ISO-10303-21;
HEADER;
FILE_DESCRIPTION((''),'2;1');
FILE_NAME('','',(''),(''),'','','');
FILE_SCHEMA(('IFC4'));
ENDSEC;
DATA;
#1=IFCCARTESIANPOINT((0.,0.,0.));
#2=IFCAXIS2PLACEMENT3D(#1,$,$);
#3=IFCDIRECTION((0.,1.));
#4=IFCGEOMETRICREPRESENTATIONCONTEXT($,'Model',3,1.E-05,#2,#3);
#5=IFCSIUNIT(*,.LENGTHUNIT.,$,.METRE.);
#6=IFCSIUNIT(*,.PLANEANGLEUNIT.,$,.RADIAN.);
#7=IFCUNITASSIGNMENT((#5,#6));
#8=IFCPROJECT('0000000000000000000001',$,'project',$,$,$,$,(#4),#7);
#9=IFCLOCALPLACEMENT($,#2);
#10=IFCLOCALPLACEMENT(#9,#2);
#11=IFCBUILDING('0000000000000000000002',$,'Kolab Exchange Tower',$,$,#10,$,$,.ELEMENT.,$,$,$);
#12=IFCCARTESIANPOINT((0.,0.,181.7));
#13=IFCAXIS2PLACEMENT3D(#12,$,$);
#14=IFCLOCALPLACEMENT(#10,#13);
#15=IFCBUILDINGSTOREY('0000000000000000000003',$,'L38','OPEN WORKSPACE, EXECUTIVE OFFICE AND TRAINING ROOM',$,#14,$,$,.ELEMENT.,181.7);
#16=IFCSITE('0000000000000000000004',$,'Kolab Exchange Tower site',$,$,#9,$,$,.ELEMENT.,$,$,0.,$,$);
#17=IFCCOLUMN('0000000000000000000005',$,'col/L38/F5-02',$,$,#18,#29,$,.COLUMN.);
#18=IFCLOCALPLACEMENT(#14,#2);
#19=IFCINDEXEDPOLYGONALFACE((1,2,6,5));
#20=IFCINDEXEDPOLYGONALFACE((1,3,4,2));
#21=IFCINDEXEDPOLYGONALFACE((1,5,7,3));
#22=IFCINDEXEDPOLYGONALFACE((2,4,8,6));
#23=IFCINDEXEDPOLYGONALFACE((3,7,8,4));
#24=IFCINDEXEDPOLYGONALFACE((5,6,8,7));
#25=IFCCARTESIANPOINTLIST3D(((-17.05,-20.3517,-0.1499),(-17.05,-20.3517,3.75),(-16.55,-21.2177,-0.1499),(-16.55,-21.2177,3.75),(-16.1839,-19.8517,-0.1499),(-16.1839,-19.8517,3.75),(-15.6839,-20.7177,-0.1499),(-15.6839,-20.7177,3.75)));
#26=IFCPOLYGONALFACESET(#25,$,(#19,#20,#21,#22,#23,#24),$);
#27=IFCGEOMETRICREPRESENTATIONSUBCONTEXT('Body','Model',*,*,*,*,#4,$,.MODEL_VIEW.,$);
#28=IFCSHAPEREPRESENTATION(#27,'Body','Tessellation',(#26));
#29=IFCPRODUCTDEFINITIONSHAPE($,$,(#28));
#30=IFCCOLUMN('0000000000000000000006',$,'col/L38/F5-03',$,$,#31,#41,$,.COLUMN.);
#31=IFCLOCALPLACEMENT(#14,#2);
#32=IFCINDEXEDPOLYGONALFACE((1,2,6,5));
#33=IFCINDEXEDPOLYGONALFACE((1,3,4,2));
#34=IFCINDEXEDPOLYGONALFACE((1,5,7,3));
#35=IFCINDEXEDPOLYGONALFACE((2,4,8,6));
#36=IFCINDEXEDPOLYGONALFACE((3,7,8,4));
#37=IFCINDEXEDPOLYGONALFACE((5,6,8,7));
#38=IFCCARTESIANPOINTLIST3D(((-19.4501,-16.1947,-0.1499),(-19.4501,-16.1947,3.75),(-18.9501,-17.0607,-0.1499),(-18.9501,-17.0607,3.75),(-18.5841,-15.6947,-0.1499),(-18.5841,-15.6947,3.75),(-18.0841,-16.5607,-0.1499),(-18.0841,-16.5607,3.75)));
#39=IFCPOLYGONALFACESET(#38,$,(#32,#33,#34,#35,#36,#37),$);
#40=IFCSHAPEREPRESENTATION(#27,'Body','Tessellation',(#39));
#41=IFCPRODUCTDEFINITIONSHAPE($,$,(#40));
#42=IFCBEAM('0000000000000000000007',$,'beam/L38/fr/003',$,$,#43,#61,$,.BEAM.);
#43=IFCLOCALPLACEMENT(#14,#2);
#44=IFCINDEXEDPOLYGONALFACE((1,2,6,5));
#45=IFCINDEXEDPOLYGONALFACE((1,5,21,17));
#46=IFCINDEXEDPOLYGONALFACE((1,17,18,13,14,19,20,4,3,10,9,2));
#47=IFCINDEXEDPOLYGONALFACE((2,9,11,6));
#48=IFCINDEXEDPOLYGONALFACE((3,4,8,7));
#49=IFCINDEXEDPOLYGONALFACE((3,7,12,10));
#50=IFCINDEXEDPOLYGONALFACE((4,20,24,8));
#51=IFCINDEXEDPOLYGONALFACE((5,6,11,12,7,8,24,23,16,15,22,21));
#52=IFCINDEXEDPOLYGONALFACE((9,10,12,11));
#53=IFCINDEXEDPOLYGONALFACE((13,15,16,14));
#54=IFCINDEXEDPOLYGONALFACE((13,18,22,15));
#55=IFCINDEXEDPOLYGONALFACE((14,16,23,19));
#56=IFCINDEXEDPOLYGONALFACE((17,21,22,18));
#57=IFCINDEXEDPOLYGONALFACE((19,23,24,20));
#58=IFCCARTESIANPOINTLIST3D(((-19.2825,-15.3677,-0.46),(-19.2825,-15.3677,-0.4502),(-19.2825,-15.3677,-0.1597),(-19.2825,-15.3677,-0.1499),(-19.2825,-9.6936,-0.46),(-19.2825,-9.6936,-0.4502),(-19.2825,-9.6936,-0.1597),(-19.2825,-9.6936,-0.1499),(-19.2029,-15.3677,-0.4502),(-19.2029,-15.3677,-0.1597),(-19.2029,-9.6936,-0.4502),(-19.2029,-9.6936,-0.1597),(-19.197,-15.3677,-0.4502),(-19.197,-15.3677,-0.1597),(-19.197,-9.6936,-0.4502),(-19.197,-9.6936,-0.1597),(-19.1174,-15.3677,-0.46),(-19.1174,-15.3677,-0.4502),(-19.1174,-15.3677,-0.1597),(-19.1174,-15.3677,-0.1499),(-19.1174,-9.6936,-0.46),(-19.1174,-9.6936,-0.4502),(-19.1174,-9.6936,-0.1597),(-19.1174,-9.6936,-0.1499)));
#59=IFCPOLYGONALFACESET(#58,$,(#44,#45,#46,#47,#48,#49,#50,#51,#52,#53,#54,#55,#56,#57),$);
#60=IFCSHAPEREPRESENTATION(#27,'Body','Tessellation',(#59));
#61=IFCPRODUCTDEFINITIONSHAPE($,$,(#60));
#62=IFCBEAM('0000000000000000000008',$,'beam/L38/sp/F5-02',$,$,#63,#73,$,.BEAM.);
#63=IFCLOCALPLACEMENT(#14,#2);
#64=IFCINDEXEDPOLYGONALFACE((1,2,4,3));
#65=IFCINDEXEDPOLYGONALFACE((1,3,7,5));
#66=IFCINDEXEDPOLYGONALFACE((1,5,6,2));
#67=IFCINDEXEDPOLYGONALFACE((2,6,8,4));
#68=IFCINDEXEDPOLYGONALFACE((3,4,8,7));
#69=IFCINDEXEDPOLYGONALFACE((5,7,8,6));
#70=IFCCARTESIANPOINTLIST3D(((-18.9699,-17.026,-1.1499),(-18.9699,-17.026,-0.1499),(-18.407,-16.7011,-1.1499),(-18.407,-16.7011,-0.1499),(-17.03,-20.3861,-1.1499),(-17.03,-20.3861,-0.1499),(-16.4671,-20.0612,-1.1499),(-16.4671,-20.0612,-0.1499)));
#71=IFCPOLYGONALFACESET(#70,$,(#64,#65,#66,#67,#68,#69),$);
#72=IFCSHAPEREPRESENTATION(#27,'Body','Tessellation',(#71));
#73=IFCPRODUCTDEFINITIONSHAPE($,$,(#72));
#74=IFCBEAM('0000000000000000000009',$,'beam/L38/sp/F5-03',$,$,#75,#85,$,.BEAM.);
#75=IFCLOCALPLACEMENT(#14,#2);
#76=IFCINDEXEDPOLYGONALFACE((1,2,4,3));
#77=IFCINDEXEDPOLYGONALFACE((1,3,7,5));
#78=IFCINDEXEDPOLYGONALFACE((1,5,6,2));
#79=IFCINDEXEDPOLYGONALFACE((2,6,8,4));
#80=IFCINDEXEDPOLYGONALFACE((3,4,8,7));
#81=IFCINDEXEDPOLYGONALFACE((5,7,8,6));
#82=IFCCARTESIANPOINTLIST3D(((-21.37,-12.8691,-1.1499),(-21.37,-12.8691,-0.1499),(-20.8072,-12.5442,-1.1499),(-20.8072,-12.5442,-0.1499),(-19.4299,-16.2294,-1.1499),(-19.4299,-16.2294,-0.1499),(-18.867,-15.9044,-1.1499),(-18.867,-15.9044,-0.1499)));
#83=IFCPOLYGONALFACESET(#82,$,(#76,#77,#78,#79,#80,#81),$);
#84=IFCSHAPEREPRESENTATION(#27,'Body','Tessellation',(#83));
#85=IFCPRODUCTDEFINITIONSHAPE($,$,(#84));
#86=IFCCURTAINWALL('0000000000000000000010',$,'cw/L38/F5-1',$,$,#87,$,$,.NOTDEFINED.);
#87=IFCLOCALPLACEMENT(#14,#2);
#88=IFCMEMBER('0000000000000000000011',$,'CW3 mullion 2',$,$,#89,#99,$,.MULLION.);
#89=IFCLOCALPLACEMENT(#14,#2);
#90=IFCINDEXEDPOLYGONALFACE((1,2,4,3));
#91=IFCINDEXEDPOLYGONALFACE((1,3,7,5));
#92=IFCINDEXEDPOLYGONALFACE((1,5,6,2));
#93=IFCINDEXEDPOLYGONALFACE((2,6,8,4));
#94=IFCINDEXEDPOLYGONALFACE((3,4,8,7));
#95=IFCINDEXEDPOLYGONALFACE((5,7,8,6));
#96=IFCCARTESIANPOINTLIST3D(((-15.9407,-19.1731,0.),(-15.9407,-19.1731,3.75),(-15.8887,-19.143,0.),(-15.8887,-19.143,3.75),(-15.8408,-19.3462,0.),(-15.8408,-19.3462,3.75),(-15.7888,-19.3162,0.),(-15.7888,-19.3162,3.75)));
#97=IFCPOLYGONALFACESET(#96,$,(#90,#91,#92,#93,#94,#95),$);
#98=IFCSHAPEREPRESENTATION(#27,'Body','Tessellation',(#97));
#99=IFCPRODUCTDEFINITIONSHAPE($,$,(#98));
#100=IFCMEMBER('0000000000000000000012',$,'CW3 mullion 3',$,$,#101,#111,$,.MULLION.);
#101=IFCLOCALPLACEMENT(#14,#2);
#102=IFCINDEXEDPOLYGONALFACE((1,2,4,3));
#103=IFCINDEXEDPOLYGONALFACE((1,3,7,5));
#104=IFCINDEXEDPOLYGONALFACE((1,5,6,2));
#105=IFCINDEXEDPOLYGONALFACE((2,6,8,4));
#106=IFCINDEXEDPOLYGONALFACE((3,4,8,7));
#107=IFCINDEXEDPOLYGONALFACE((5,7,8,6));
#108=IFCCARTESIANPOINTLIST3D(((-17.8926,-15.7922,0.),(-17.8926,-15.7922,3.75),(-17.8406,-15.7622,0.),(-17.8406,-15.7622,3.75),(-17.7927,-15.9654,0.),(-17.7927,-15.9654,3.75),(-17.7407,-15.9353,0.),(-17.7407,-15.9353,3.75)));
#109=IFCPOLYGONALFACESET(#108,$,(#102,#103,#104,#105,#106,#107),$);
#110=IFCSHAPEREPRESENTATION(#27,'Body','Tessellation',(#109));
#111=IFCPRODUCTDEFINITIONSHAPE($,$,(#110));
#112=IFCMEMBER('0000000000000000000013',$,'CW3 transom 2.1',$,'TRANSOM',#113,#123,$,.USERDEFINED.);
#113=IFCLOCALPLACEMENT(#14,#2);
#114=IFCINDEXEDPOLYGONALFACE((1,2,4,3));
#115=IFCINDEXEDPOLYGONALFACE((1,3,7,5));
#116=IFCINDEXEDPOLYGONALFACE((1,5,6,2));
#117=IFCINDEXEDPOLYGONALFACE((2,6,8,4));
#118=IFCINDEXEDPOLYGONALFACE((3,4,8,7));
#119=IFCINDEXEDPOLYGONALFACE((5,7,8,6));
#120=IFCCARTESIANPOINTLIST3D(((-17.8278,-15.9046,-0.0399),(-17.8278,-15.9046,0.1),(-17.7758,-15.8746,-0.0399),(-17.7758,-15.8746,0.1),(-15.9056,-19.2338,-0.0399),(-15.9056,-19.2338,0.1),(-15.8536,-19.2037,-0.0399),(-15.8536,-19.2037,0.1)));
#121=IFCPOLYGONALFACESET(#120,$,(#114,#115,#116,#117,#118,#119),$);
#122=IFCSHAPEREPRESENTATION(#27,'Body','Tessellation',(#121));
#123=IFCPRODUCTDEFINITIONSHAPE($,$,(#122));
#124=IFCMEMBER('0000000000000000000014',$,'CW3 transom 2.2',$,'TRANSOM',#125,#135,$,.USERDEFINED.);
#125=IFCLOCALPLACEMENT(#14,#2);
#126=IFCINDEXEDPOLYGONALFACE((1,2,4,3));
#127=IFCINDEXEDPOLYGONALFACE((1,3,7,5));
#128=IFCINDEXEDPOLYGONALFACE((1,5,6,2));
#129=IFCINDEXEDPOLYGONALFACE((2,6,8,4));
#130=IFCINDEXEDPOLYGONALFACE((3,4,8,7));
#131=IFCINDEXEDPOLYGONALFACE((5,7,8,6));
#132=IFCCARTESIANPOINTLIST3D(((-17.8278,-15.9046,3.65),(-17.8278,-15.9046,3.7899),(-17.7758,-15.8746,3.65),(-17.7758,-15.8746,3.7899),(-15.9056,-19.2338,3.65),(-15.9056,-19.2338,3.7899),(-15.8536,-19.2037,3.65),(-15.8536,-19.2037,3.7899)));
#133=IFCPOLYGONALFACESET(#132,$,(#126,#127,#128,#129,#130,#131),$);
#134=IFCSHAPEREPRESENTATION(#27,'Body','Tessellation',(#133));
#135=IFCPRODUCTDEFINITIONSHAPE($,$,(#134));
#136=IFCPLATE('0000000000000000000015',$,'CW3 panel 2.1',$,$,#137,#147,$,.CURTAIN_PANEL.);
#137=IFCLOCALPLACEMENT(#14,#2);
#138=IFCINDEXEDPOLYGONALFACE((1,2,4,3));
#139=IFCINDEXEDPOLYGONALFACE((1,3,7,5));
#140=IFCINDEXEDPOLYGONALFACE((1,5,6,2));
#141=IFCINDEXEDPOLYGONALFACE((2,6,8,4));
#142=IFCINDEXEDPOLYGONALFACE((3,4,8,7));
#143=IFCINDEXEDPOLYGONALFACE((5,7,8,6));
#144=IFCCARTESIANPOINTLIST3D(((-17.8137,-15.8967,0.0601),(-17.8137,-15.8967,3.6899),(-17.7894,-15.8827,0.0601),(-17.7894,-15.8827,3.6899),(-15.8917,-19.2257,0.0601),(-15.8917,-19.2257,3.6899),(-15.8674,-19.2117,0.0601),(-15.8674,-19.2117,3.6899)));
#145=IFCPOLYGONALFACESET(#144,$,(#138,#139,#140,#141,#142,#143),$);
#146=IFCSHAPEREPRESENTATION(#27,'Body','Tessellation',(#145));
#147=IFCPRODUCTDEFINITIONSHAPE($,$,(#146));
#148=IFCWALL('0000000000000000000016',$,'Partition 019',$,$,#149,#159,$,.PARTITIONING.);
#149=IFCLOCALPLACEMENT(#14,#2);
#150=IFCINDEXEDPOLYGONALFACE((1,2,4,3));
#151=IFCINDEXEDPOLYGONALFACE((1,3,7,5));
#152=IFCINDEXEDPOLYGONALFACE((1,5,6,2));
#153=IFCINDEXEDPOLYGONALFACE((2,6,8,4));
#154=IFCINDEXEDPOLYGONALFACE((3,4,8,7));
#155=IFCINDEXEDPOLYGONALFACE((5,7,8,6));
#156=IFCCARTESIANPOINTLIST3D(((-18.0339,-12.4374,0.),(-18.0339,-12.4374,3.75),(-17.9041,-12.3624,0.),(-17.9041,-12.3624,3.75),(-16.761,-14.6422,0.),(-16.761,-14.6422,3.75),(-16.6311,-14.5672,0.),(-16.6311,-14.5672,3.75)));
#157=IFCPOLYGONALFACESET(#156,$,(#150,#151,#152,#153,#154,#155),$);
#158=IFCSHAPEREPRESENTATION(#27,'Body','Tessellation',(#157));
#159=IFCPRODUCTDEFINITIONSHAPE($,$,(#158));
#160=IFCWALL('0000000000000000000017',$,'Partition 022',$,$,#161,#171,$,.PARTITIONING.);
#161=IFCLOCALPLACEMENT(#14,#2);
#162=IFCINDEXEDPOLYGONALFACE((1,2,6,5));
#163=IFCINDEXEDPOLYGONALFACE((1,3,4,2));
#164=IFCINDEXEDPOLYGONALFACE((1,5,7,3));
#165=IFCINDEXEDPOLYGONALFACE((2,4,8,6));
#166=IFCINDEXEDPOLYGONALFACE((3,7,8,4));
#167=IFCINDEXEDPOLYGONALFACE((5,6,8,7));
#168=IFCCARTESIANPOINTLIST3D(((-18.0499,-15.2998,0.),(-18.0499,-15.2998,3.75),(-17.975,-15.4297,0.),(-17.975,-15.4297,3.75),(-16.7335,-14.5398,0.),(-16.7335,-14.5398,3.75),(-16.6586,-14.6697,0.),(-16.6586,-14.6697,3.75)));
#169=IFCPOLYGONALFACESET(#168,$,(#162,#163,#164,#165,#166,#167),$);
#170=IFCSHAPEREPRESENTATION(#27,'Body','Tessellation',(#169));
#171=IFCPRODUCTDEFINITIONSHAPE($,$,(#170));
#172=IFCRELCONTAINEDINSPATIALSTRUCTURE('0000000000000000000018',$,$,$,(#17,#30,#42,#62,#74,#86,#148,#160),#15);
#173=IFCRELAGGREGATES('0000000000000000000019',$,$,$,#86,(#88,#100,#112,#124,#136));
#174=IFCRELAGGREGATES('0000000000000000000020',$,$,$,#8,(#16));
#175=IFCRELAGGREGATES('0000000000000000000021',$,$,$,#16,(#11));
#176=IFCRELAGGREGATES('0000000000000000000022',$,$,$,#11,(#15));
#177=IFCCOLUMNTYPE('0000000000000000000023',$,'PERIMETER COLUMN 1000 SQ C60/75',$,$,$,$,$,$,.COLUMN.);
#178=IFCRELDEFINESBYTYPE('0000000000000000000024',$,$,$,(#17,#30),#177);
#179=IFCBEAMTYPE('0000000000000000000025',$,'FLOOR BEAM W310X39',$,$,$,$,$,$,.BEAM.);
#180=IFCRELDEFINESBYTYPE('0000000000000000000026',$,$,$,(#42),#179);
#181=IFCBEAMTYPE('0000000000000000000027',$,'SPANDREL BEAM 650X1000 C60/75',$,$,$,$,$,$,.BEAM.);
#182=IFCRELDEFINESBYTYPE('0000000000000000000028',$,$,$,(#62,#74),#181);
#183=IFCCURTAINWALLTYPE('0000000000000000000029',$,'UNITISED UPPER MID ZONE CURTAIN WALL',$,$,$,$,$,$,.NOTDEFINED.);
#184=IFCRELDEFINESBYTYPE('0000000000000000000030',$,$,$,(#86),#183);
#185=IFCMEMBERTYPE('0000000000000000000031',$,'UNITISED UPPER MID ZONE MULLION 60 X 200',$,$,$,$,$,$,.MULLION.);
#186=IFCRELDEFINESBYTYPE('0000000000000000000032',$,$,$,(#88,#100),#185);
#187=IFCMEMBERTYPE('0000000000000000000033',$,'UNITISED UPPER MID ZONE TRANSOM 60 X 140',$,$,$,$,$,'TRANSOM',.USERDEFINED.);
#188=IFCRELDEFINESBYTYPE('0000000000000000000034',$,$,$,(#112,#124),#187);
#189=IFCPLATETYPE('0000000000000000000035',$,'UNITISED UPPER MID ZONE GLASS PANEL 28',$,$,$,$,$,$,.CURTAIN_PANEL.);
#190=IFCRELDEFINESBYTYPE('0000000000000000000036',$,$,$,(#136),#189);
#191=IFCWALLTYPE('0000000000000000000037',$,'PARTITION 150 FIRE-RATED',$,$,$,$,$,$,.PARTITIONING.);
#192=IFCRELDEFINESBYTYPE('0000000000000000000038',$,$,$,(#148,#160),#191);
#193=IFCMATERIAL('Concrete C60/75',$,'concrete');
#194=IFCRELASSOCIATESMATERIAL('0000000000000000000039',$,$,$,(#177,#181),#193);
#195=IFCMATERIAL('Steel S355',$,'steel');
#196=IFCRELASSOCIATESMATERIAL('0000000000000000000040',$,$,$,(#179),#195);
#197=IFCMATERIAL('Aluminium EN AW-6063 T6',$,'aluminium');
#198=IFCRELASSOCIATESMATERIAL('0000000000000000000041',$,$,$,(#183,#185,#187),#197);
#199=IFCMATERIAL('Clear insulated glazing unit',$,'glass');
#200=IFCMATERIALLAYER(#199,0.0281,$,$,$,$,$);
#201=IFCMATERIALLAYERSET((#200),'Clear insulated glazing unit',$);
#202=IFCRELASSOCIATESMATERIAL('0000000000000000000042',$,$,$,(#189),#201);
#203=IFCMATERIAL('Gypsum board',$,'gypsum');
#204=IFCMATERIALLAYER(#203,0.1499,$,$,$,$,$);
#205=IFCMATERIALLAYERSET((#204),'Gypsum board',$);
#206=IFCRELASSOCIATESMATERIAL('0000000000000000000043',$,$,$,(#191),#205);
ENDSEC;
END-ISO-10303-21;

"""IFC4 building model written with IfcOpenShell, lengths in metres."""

from ifc_helpers import new_model, si_unit, direction, frame, frame_2d, origin, origin_2d, place, context, subcontext, project, spatial, rectangle, i_section, extrude, material, layer, layer_set, material_profile, profile_set, type_object, element, aggregate, save


model = new_model("IFC4")

# Units and contexts
model_context = context("Model", 3, precision=1e-05, world=origin(), true_north=direction((0.0, 1.0)))
body_context = subcontext(model_context, "Body", "Model", "MODEL_VIEW")
ifc_project = project(units=[si_unit("LENGTHUNIT", "METRE"), si_unit("PLANEANGLEUNIT", "RADIAN")], contexts=[model_context])

# Site, building, storey
site_placement = place(None, origin())
site = spatial("IfcSite", under=ifc_project, at=site_placement, Name="Kolab Exchange Tower site", CompositionType="ELEMENT", RefElevation=0.0)
building_placement = place(site_placement, origin())
building = spatial("IfcBuilding", under=site, at=building_placement, Name="Kolab Exchange Tower", CompositionType="ELEMENT")
storey_placement = place(building_placement, frame((0.0, 0.0, 181.7)))
storey = spatial("IfcBuildingStorey", under=building, at=storey_placement, Name="L38", Description="OPEN WORKSPACE, EXECUTIVE OFFICE AND TRAINING ROOM", CompositionType="ELEMENT", Elevation=181.7)

# Columns
ifc_material_1 = material(Name="Concrete C60/75", Category="concrete")
ifc_material_profile_1 = material_profile(ifc_material_1, rectangle(XDim=1.0, YDim=1.0, at=origin_2d()), Name="RC1000")
ifc_profile_set_1 = profile_set([ifc_material_profile_1], Name="Concrete C60/75")
column_type = type_object("IfcColumnType", Name="PERIMETER COLUMN 1000 SQ C60/75", PredefinedType="COLUMN", material=ifc_profile_set_1)
for number, where, z_axis, x_axis, name in (
    (1, (-16.3669, -20.5347, -0.1499), (0.0, 0.0, 1.0), (0.866025, 0.5, 0.0), "col/L38/F5-02"),
    (2, (-18.7671, -16.3777, -0.1499), (0.0, 0.0, 1.0), (0.866025, 0.5, 0.0), "col/L38/F5-03"),
):
    element("IfcColumn", number, at=place(storey_placement, frame(where, z_axis=z_axis, x_axis=x_axis)), inside=storey, type_object=column_type, Name=name, PredefinedType="COLUMN", context=body_context, shape_type="SweptSolid", body=[
        extrude(rectangle(XDim=1.0, YDim=1.0, at=origin_2d()), origin(), (0.0, 0.0, 1.0), 3.8999),
    ])

# Beams
ifc_material_2 = material(Name="Steel S355", Category="steel")
ifc_material_profile_2 = material_profile(ifc_material_2, i_section(OverallWidth=0.165, OverallDepth=0.3101, WebThickness=0.0059, FlangeThickness=0.0098, at=origin_2d()), Name="W310X39")
ifc_profile_set_2 = profile_set([ifc_material_profile_2], Name="Steel S355")
beam_type_1 = type_object("IfcBeamType", Name="FLOOR BEAM W310X39", PredefinedType="BEAM", material=ifc_profile_set_2)
beam_1_placement = place(storey_placement, frame((-19.2, -15.3677, -0.3049), z_axis=(0.0, 1.0, 0.0), x_axis=(-1.0, 0.0, 0.0)))
element("IfcBeam", 3, at=beam_1_placement, inside=storey, type_object=beam_type_1, Name="beam/L38/fr/003", PredefinedType="BEAM", context=body_context, shape_type="SweptSolid", body=[
    extrude(i_section(OverallWidth=0.165, OverallDepth=0.3101, WebThickness=0.0059, FlangeThickness=0.0098, at=origin_2d()), origin(), (0.0, 0.0, 1.0), 5.6741),
])
ifc_material_profile_3 = material_profile(ifc_material_1, rectangle(XDim=0.6499, YDim=1.0, at=origin_2d()), Name="RC650X1000")
ifc_profile_set_3 = profile_set([ifc_material_profile_3], Name="Concrete C60/75")
beam_type_2 = type_object("IfcBeamType", Name="SPANDREL BEAM 650X1000 C60/75", PredefinedType="BEAM", material=ifc_profile_set_3)
beam_2_placement = place(storey_placement, frame((-16.7485, -20.2236, -0.6499), z_axis=(-0.499997, 0.866027, 0.0), x_axis=(-0.866027, -0.499997, 0.0)))
element("IfcBeam", 4, at=beam_2_placement, inside=storey, type_object=beam_type_2, Name="beam/L38/sp/F5-02", PredefinedType="BEAM", context=body_context, shape_type="SweptSolid", body=[
    extrude(rectangle(XDim=0.6499, YDim=1.0, at=origin_2d()), origin(), (0.0, 0.0, 1.0), 3.8799),
])
beam_3_placement = place(storey_placement, frame((-19.1484, -16.0669, -0.6499), z_axis=(-0.500017, 0.866016, 0.0), x_axis=(-0.866016, -0.500017, 0.0)))
element("IfcBeam", 5, at=beam_3_placement, inside=storey, type_object=beam_type_2, Name="beam/L38/sp/F5-03", PredefinedType="BEAM", context=body_context, shape_type="SweptSolid", body=[
    extrude(rectangle(XDim=0.6499, YDim=1.0, at=origin_2d()), origin(), (0.0, 0.0, 1.0), 3.8801),
])

# Curtain wall, members, plate
ifc_material_3 = material(Name="Aluminium EN AW-6063 T6", Category="aluminium")
curtain_wall_type = type_object("IfcCurtainWallType", Name="UNITISED UPPER MID ZONE CURTAIN WALL", PredefinedType="NOTDEFINED", material=ifc_material_3)
curtain_wall_placement = place(storey_placement, origin())
curtain_wall = element("IfcCurtainWall", 6, at=curtain_wall_placement, inside=storey, type_object=curtain_wall_type, Name="cw/L38/F5-1", PredefinedType="NOTDEFINED")
ifc_material_profile_4 = material_profile(ifc_material_3, rectangle(XDim=0.0601, YDim=0.2, at=origin_2d()), Name="RECT 60X200")
ifc_profile_set_4 = profile_set([ifc_material_profile_4], Name="Aluminium EN AW-6063 T6")
member_type_1 = type_object("IfcMemberType", Name="UNITISED UPPER MID ZONE MULLION 60 X 200", PredefinedType="MULLION", material=ifc_profile_set_4)
member_1_placement = place(storey_placement, frame((-15.8647, -19.2446, 0.0), z_axis=(0.0, 0.0, 1.0), x_axis=(-0.866025, -0.5, 0.0)))
member_1 = element("IfcMember", 7, at=member_1_placement, type_object=member_type_1, Name="CW3 mullion 2", PredefinedType="MULLION", context=body_context, shape_type="SweptSolid", body=[
    extrude(rectangle(XDim=0.0601, YDim=0.2, at=origin_2d()), origin(), (0.0, 0.0, 1.0), 3.75),
])
member_2_placement = place(storey_placement, frame((-17.8167, -15.8638, 0.0), z_axis=(0.0, 0.0, 1.0), x_axis=(-0.866025, -0.5, 0.0)))
member_2 = element("IfcMember", 8, at=member_2_placement, type_object=member_type_1, Name="CW3 mullion 3", PredefinedType="MULLION", context=body_context, shape_type="SweptSolid", body=[
    extrude(rectangle(XDim=0.0601, YDim=0.2, at=origin_2d()), origin(), (0.0, 0.0, 1.0), 3.75),
])
ifc_material_profile_5 = material_profile(ifc_material_3, rectangle(XDim=0.0601, YDim=0.1399, at=origin_2d()), Name="RECT 60X140")
ifc_profile_set_5 = profile_set([ifc_material_profile_5], Name="Aluminium EN AW-6063 T6")
member_type_2 = type_object("IfcMemberType", Name="UNITISED UPPER MID ZONE TRANSOM 60 X 140", ElementType="TRANSOM", PredefinedType="USERDEFINED", material=ifc_profile_set_5)
member_3_placement = place(storey_placement, frame((-15.8796, -19.2188, 0.03), z_axis=(-0.500012, 0.866018, 0.0), x_axis=(-0.866018, -0.500012, 0.0)))
member_3 = element("IfcMember", 9, at=member_3_placement, type_object=member_type_2, Name="CW3 transom 2.1", ObjectType="TRANSOM", PredefinedType="USERDEFINED", context=body_context, shape_type="SweptSolid", body=[
    extrude(rectangle(XDim=0.0601, YDim=0.1399, at=origin_2d()), origin(), (0.0, 0.0, 1.0), 3.8442),
])
member_4_placement = place(storey_placement, frame((-15.8796, -19.2188, 3.72), z_axis=(-0.500012, 0.866018, 0.0), x_axis=(-0.866018, -0.500012, 0.0)))
member_4 = element("IfcMember", 10, at=member_4_placement, type_object=member_type_2, Name="CW3 transom 2.2", ObjectType="TRANSOM", PredefinedType="USERDEFINED", context=body_context, shape_type="SweptSolid", body=[
    extrude(rectangle(XDim=0.0601, YDim=0.1399, at=origin_2d()), origin(), (0.0, 0.0, 1.0), 3.8442),
])
ifc_material_4 = material(Name="Clear insulated glazing unit", Category="glass")
ifc_layer_1 = layer(ifc_material_4, 0.0281)
ifc_layer_set_1 = layer_set([ifc_layer_1], Name="Clear insulated glazing unit")
plate_type = type_object("IfcPlateType", Name="UNITISED UPPER MID ZONE GLASS PANEL 28", PredefinedType="CURTAIN_PANEL", material=ifc_layer_set_1)
plate_placement = place(storey_placement, frame((-16.8406, -17.5542, 0.0601), z_axis=(0.0, 0.0, 1.0), x_axis=(-0.5, 0.866025, 0.0)))
plate = element("IfcPlate", 11, at=plate_placement, type_object=plate_type, Name="CW3 panel 2.1", PredefinedType="CURTAIN_PANEL", context=body_context, shape_type="SweptSolid", body=[
    extrude(rectangle(XDim=3.844, YDim=0.0281, at=origin_2d()), origin(), (0.0, 0.0, 1.0), 3.6299),
])
aggregate(curtain_wall, [member_1, member_2, member_3, member_4, plate])

# Walls
ifc_material_5 = material(Name="Gypsum board", Category="gypsum")
ifc_layer_2 = layer(ifc_material_5, 0.1499)
ifc_layer_set_2 = layer_set([ifc_layer_2], Name="Gypsum board")
wall_type_1 = type_object("IfcWallType", Name="PARTITION 150 FIRE-RATED", PredefinedType="PARTITIONING", material=ifc_layer_set_2)
wall_1_placement = place(storey_placement, frame((-17.969, -12.3999, 0.0), z_axis=(0.0, 0.0, 1.0), x_axis=(0.499996, -0.866027, 0.0)))
element("IfcWall", 12, at=wall_1_placement, inside=storey, type_object=wall_type_1, Name="Partition 019", PredefinedType="PARTITIONING", context=body_context, shape_type="SweptSolid", body=[
    extrude(rectangle(XDim=2.5459, YDim=0.1499, at=frame_2d((1.2729, 0.0))), origin(), (0.0, 0.0, 1.0), 3.75),
])
wall_2_placement = place(storey_placement, frame((-18.0125, -15.3647, 0.0), z_axis=(0.0, 0.0, 1.0), x_axis=(0.86603, 0.499991, 0.0)))
element("IfcWall", 13, at=wall_2_placement, inside=storey, type_object=wall_type_1, Name="Partition 022", PredefinedType="PARTITIONING", context=body_context, shape_type="SweptSolid", body=[
    extrude(rectangle(XDim=1.52, YDim=0.1499, at=frame_2d((0.76, 0.0))), origin(), (0.0, 0.0, 1.0), 3.75),
])

save(model, "model.ifc")
